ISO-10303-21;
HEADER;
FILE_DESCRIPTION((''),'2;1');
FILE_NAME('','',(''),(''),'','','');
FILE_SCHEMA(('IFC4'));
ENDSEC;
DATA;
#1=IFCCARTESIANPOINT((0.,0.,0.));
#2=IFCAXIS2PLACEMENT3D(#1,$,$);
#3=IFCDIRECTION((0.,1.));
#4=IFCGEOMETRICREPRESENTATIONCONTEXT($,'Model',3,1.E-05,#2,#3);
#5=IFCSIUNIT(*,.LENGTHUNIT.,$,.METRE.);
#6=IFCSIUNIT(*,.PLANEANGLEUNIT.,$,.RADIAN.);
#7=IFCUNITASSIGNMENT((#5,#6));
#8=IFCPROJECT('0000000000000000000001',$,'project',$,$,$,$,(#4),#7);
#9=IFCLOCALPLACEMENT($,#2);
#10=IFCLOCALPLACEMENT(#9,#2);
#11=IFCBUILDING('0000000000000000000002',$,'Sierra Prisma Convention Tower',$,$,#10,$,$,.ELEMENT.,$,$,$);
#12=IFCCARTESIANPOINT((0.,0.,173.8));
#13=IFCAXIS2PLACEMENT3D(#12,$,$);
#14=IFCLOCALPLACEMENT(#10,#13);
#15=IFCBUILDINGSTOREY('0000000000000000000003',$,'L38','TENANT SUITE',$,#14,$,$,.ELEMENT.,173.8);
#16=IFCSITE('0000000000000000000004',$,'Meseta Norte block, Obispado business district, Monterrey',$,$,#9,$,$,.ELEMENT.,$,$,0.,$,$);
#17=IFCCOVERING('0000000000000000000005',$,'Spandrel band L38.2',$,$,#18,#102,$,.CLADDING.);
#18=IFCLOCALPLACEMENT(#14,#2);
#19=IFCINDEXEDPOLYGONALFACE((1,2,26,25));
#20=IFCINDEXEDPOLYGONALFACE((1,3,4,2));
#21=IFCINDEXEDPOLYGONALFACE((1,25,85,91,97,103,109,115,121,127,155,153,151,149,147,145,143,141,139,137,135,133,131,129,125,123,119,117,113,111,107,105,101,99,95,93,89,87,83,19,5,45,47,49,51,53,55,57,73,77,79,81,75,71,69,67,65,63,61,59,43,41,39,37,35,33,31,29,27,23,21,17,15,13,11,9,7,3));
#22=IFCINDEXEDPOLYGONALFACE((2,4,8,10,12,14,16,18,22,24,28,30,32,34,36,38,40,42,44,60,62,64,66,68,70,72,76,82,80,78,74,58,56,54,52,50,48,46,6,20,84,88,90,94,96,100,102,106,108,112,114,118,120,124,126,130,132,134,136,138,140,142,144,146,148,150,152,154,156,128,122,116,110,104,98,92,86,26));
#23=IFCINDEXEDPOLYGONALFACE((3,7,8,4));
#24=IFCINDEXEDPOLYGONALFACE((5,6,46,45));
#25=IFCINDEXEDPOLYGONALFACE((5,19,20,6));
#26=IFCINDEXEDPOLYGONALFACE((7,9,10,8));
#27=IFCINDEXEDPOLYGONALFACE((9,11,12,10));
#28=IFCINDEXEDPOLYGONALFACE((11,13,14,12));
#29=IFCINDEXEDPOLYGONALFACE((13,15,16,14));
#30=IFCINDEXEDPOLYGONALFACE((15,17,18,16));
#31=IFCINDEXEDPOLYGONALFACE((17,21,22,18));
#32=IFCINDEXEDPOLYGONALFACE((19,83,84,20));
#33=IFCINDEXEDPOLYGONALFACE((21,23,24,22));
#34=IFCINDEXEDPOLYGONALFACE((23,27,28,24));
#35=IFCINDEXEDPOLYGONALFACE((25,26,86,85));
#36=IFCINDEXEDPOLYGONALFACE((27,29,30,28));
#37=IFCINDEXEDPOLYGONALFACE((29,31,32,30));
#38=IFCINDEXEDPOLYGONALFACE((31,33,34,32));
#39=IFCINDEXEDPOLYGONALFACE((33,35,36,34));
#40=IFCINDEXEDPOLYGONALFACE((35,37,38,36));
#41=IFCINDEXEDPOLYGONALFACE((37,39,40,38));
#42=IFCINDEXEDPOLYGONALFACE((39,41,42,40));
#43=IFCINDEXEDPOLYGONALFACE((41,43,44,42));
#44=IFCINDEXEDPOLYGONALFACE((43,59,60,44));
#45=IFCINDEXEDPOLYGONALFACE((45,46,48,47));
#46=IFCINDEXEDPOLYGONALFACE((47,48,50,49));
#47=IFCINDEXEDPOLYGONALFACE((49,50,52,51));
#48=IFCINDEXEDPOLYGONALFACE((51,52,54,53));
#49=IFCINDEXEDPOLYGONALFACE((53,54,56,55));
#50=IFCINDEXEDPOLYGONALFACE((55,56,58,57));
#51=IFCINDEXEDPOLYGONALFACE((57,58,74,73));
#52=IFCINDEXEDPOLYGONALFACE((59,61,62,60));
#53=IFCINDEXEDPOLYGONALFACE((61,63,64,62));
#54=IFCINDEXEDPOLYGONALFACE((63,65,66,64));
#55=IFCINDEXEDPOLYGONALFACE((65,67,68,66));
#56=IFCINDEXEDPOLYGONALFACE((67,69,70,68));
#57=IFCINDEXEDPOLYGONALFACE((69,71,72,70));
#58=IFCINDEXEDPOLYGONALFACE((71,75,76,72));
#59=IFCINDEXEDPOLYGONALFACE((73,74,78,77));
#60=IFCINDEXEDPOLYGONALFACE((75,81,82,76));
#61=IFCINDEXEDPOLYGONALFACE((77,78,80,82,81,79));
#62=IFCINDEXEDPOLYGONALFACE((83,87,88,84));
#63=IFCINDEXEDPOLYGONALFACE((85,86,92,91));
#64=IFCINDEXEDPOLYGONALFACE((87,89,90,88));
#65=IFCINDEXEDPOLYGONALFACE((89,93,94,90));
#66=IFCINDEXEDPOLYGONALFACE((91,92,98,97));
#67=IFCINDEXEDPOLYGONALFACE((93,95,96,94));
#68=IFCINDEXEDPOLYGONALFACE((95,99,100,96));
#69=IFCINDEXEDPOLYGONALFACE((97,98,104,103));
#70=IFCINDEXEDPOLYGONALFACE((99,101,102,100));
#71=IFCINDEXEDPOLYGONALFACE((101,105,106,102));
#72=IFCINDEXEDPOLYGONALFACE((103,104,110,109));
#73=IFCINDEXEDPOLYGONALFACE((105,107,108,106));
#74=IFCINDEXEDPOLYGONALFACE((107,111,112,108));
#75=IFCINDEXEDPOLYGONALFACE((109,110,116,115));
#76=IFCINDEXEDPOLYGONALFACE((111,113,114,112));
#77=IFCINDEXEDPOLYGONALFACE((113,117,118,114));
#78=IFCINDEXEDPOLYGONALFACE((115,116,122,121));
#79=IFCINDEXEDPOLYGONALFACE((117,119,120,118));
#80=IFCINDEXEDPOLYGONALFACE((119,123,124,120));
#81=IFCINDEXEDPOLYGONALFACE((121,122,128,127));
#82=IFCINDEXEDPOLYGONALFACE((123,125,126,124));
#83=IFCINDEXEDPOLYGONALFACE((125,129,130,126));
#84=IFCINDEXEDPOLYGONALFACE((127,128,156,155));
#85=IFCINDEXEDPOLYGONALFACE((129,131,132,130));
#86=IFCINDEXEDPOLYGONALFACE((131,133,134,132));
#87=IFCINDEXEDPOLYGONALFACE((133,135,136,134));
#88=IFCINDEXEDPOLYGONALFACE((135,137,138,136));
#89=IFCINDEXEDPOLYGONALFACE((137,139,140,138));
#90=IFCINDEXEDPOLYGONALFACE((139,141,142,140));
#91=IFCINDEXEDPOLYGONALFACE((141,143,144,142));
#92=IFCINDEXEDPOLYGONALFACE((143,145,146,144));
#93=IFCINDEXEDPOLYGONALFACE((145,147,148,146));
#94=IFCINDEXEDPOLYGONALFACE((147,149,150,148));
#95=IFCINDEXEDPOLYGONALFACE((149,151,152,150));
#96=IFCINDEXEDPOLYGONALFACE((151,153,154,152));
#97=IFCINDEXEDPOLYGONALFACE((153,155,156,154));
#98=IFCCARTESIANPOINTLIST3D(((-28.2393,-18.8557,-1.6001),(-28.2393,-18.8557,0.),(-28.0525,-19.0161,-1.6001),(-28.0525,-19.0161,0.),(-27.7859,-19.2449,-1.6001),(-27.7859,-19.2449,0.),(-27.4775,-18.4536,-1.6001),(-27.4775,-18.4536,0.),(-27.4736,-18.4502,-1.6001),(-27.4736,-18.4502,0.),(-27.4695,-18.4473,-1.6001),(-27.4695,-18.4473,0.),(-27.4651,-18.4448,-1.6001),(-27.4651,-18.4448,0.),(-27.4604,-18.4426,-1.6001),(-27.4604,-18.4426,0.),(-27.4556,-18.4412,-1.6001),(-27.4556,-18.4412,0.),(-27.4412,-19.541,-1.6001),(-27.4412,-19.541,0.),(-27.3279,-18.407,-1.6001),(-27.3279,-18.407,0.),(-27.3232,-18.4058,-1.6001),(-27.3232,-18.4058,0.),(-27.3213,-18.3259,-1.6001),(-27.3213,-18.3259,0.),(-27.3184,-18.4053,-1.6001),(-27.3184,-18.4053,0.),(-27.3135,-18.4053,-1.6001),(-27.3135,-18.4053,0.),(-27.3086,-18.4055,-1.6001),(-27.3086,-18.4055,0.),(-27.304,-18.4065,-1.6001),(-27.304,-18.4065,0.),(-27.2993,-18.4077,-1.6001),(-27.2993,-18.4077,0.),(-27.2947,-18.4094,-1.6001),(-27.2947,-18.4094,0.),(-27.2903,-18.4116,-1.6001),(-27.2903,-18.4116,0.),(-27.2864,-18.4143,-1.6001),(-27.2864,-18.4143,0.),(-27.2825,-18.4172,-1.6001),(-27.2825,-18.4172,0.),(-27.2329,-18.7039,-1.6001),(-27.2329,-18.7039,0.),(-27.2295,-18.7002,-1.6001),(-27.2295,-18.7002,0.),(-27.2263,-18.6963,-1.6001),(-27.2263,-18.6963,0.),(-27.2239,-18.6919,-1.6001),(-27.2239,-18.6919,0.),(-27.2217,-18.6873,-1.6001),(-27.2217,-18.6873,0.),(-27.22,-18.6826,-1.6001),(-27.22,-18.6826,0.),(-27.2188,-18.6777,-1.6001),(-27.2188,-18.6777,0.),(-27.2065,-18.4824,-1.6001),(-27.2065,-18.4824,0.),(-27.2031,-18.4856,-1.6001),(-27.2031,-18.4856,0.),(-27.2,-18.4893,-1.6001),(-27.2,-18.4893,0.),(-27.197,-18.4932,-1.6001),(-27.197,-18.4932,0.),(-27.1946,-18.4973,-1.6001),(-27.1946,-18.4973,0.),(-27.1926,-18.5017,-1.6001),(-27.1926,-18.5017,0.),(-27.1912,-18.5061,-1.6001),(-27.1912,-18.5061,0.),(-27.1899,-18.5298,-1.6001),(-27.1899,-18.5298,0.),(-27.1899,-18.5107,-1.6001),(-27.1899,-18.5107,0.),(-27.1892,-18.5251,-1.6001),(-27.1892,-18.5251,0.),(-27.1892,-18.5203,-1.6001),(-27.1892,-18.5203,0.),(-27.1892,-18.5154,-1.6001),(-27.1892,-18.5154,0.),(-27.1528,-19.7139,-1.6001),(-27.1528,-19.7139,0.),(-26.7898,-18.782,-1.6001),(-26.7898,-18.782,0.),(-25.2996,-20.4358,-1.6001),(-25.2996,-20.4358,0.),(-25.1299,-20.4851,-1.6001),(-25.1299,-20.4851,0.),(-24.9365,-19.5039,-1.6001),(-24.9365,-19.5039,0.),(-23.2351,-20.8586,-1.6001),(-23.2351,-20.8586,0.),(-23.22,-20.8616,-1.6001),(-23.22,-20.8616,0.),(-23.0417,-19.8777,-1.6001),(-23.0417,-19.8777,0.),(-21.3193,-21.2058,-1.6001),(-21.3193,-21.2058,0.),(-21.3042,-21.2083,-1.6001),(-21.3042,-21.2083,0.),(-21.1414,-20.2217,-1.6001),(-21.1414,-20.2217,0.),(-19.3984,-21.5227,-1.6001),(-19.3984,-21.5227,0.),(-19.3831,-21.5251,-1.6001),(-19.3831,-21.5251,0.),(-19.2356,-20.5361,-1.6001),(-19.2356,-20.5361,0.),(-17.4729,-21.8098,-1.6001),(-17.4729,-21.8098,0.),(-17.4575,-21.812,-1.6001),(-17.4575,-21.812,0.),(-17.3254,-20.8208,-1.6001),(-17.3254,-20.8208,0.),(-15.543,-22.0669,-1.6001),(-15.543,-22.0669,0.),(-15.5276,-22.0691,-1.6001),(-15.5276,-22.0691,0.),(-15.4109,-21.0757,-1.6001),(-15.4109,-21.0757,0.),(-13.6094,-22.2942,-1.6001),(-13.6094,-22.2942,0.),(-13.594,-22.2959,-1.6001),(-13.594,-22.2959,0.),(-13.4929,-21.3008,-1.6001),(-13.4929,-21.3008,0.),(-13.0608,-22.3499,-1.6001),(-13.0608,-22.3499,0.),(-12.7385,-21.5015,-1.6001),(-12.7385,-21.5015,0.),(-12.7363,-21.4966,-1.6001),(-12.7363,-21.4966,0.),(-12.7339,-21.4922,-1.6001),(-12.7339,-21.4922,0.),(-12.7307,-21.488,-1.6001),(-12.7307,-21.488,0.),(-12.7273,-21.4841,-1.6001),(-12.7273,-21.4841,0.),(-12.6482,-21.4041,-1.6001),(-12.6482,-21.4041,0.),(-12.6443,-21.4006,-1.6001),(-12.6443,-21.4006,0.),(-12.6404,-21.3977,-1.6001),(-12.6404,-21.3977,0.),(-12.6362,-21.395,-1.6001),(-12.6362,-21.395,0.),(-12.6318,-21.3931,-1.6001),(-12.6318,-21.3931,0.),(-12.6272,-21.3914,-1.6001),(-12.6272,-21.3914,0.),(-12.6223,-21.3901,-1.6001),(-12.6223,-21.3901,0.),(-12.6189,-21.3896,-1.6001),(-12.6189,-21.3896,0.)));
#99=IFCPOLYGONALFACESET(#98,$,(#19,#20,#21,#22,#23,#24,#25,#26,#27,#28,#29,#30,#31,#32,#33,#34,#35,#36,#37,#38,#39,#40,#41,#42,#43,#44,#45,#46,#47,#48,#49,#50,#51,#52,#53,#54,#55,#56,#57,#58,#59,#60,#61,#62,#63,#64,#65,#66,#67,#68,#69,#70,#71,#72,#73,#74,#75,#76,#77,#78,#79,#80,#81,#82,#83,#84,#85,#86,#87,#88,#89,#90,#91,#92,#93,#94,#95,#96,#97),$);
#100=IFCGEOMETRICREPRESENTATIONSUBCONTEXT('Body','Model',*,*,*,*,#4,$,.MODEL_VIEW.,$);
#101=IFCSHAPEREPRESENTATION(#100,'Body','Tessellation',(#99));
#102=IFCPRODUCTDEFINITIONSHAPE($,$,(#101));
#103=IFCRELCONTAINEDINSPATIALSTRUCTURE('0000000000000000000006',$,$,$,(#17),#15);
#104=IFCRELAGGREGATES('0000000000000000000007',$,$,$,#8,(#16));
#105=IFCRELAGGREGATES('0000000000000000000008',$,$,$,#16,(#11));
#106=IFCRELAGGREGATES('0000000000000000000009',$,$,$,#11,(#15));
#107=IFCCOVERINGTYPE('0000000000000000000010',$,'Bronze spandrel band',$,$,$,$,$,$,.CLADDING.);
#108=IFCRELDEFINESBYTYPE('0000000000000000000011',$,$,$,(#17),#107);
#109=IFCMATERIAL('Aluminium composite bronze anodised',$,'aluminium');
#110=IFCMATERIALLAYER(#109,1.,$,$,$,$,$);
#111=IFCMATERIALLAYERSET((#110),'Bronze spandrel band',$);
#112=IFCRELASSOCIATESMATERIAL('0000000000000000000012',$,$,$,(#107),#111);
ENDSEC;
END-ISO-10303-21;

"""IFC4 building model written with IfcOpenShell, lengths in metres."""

from ifc_helpers import new_model, si_unit, direction, frame, origin, place, context, subcontext, project, spatial, polyline, outline, extrude, material, layer, layer_set, type_object, element, save


model = new_model("IFC4")

# Units and contexts
model_context = context("Model", 3, precision=1e-05, world=origin(), true_north=direction((0.0, 1.0)))
body_context = subcontext(model_context, "Body", "Model", "MODEL_VIEW")
ifc_project = project(units=[si_unit("LENGTHUNIT", "METRE"), si_unit("PLANEANGLEUNIT", "RADIAN")], contexts=[model_context])

# Site, building, storey
site_placement = place(None, origin())
site = spatial("IfcSite", under=ifc_project, at=site_placement, Name="Meseta Norte block, Obispado business district, Monterrey", CompositionType="ELEMENT", RefElevation=0.0)
building_placement = place(site_placement, origin())
building = spatial("IfcBuilding", under=site, at=building_placement, Name="Sierra Prisma Convention Tower", CompositionType="ELEMENT")
storey_placement = place(building_placement, frame((0.0, 0.0, 173.8)))
storey = spatial("IfcBuildingStorey", under=building, at=storey_placement, Name="L38", Description="TENANT SUITE", CompositionType="ELEMENT", Elevation=173.8)

# Covering
ifc_material_1 = material(Name="Aluminium composite bronze anodised", Category="aluminium")
ifc_layer_1 = layer(ifc_material_1, 1.0)
ifc_layer_set_1 = layer_set([ifc_layer_1], Name="Bronze spandrel band")
covering_type_1 = type_object("IfcCoveringType", Name="Bronze spandrel band", PredefinedType="CLADDING", material=ifc_layer_set_1)
covering_1_placement = place(storey_placement, frame((0.0, 0.0, -1.6001)))
element("IfcCovering", 1, at=covering_1_placement, inside=storey, type_object=covering_type_1, Name="Spandrel band L38.2", PredefinedType="CLADDING", context=body_context, shape_type="SweptSolid", body=[
    extrude(outline(polyline([(-24.9365, -19.5039), (-23.0417, -19.8777), (-21.1414, -20.2217), (-19.2356, -20.5361), (-17.3254, -20.8208), (-15.4109, -21.0757), (-13.4929, -21.3008), (-12.6189, -21.3896), (-12.6223, -21.3901), (-12.6272, -21.3914), (-12.6318, -21.3931), (-12.6362, -21.395), (-12.6404, -21.3977), (-12.6443, -21.4006), (-12.6482, -21.4041), (-12.7273, -21.4841), (-12.7307, -21.488), (-12.7339, -21.4922), (-12.7363, -21.4966), (-12.7385, -21.5015), (-13.0608, -22.3499), (-13.594, -22.2959), (-13.6094, -22.2942), (-15.5276, -22.0691), (-15.543, -22.0669), (-17.4575, -21.812), (-17.4729, -21.8098), (-19.3831, -21.5251), (-19.3984, -21.5227), (-21.3042, -21.2083), (-21.3193, -21.2058), (-23.22, -20.8616), (-23.2351, -20.8586), (-25.1299, -20.4851), (-25.2996, -20.4358), (-27.1528, -19.7139), (-27.4412, -19.541), (-27.7859, -19.2449), (-27.2329, -18.7039), (-27.2295, -18.7002), (-27.2263, -18.6963), (-27.2239, -18.6919), (-27.2217, -18.6873), (-27.22, -18.6826), (-27.2188, -18.6777), (-27.1899, -18.5298), (-27.1892, -18.5251), (-27.1892, -18.5203), (-27.1892, -18.5154), (-27.1899, -18.5107), (-27.1912, -18.5061), (-27.1926, -18.5017), (-27.1946, -18.4973), (-27.197, -18.4932), (-27.2, -18.4893), (-27.2031, -18.4856), (-27.2065, -18.4824), (-27.2825, -18.4172), (-27.2864, -18.4143), (-27.2903, -18.4116), (-27.2947, -18.4094), (-27.2993, -18.4077), (-27.304, -18.4065), (-27.3086, -18.4055), (-27.3135, -18.4053), (-27.3184, -18.4053), (-27.3232, -18.4058), (-27.3279, -18.407), (-27.4556, -18.4412), (-27.4604, -18.4426), (-27.4651, -18.4448), (-27.4695, -18.4473), (-27.4736, -18.4502), (-27.4775, -18.4536), (-28.0525, -19.0161), (-28.2393, -18.8557), (-27.3213, -18.3259), (-26.7898, -18.782), (-24.9365, -19.5039)])), origin(), (0.0, 0.0, 1.0), 1.6001),
])

save(model, "model.ifc")
